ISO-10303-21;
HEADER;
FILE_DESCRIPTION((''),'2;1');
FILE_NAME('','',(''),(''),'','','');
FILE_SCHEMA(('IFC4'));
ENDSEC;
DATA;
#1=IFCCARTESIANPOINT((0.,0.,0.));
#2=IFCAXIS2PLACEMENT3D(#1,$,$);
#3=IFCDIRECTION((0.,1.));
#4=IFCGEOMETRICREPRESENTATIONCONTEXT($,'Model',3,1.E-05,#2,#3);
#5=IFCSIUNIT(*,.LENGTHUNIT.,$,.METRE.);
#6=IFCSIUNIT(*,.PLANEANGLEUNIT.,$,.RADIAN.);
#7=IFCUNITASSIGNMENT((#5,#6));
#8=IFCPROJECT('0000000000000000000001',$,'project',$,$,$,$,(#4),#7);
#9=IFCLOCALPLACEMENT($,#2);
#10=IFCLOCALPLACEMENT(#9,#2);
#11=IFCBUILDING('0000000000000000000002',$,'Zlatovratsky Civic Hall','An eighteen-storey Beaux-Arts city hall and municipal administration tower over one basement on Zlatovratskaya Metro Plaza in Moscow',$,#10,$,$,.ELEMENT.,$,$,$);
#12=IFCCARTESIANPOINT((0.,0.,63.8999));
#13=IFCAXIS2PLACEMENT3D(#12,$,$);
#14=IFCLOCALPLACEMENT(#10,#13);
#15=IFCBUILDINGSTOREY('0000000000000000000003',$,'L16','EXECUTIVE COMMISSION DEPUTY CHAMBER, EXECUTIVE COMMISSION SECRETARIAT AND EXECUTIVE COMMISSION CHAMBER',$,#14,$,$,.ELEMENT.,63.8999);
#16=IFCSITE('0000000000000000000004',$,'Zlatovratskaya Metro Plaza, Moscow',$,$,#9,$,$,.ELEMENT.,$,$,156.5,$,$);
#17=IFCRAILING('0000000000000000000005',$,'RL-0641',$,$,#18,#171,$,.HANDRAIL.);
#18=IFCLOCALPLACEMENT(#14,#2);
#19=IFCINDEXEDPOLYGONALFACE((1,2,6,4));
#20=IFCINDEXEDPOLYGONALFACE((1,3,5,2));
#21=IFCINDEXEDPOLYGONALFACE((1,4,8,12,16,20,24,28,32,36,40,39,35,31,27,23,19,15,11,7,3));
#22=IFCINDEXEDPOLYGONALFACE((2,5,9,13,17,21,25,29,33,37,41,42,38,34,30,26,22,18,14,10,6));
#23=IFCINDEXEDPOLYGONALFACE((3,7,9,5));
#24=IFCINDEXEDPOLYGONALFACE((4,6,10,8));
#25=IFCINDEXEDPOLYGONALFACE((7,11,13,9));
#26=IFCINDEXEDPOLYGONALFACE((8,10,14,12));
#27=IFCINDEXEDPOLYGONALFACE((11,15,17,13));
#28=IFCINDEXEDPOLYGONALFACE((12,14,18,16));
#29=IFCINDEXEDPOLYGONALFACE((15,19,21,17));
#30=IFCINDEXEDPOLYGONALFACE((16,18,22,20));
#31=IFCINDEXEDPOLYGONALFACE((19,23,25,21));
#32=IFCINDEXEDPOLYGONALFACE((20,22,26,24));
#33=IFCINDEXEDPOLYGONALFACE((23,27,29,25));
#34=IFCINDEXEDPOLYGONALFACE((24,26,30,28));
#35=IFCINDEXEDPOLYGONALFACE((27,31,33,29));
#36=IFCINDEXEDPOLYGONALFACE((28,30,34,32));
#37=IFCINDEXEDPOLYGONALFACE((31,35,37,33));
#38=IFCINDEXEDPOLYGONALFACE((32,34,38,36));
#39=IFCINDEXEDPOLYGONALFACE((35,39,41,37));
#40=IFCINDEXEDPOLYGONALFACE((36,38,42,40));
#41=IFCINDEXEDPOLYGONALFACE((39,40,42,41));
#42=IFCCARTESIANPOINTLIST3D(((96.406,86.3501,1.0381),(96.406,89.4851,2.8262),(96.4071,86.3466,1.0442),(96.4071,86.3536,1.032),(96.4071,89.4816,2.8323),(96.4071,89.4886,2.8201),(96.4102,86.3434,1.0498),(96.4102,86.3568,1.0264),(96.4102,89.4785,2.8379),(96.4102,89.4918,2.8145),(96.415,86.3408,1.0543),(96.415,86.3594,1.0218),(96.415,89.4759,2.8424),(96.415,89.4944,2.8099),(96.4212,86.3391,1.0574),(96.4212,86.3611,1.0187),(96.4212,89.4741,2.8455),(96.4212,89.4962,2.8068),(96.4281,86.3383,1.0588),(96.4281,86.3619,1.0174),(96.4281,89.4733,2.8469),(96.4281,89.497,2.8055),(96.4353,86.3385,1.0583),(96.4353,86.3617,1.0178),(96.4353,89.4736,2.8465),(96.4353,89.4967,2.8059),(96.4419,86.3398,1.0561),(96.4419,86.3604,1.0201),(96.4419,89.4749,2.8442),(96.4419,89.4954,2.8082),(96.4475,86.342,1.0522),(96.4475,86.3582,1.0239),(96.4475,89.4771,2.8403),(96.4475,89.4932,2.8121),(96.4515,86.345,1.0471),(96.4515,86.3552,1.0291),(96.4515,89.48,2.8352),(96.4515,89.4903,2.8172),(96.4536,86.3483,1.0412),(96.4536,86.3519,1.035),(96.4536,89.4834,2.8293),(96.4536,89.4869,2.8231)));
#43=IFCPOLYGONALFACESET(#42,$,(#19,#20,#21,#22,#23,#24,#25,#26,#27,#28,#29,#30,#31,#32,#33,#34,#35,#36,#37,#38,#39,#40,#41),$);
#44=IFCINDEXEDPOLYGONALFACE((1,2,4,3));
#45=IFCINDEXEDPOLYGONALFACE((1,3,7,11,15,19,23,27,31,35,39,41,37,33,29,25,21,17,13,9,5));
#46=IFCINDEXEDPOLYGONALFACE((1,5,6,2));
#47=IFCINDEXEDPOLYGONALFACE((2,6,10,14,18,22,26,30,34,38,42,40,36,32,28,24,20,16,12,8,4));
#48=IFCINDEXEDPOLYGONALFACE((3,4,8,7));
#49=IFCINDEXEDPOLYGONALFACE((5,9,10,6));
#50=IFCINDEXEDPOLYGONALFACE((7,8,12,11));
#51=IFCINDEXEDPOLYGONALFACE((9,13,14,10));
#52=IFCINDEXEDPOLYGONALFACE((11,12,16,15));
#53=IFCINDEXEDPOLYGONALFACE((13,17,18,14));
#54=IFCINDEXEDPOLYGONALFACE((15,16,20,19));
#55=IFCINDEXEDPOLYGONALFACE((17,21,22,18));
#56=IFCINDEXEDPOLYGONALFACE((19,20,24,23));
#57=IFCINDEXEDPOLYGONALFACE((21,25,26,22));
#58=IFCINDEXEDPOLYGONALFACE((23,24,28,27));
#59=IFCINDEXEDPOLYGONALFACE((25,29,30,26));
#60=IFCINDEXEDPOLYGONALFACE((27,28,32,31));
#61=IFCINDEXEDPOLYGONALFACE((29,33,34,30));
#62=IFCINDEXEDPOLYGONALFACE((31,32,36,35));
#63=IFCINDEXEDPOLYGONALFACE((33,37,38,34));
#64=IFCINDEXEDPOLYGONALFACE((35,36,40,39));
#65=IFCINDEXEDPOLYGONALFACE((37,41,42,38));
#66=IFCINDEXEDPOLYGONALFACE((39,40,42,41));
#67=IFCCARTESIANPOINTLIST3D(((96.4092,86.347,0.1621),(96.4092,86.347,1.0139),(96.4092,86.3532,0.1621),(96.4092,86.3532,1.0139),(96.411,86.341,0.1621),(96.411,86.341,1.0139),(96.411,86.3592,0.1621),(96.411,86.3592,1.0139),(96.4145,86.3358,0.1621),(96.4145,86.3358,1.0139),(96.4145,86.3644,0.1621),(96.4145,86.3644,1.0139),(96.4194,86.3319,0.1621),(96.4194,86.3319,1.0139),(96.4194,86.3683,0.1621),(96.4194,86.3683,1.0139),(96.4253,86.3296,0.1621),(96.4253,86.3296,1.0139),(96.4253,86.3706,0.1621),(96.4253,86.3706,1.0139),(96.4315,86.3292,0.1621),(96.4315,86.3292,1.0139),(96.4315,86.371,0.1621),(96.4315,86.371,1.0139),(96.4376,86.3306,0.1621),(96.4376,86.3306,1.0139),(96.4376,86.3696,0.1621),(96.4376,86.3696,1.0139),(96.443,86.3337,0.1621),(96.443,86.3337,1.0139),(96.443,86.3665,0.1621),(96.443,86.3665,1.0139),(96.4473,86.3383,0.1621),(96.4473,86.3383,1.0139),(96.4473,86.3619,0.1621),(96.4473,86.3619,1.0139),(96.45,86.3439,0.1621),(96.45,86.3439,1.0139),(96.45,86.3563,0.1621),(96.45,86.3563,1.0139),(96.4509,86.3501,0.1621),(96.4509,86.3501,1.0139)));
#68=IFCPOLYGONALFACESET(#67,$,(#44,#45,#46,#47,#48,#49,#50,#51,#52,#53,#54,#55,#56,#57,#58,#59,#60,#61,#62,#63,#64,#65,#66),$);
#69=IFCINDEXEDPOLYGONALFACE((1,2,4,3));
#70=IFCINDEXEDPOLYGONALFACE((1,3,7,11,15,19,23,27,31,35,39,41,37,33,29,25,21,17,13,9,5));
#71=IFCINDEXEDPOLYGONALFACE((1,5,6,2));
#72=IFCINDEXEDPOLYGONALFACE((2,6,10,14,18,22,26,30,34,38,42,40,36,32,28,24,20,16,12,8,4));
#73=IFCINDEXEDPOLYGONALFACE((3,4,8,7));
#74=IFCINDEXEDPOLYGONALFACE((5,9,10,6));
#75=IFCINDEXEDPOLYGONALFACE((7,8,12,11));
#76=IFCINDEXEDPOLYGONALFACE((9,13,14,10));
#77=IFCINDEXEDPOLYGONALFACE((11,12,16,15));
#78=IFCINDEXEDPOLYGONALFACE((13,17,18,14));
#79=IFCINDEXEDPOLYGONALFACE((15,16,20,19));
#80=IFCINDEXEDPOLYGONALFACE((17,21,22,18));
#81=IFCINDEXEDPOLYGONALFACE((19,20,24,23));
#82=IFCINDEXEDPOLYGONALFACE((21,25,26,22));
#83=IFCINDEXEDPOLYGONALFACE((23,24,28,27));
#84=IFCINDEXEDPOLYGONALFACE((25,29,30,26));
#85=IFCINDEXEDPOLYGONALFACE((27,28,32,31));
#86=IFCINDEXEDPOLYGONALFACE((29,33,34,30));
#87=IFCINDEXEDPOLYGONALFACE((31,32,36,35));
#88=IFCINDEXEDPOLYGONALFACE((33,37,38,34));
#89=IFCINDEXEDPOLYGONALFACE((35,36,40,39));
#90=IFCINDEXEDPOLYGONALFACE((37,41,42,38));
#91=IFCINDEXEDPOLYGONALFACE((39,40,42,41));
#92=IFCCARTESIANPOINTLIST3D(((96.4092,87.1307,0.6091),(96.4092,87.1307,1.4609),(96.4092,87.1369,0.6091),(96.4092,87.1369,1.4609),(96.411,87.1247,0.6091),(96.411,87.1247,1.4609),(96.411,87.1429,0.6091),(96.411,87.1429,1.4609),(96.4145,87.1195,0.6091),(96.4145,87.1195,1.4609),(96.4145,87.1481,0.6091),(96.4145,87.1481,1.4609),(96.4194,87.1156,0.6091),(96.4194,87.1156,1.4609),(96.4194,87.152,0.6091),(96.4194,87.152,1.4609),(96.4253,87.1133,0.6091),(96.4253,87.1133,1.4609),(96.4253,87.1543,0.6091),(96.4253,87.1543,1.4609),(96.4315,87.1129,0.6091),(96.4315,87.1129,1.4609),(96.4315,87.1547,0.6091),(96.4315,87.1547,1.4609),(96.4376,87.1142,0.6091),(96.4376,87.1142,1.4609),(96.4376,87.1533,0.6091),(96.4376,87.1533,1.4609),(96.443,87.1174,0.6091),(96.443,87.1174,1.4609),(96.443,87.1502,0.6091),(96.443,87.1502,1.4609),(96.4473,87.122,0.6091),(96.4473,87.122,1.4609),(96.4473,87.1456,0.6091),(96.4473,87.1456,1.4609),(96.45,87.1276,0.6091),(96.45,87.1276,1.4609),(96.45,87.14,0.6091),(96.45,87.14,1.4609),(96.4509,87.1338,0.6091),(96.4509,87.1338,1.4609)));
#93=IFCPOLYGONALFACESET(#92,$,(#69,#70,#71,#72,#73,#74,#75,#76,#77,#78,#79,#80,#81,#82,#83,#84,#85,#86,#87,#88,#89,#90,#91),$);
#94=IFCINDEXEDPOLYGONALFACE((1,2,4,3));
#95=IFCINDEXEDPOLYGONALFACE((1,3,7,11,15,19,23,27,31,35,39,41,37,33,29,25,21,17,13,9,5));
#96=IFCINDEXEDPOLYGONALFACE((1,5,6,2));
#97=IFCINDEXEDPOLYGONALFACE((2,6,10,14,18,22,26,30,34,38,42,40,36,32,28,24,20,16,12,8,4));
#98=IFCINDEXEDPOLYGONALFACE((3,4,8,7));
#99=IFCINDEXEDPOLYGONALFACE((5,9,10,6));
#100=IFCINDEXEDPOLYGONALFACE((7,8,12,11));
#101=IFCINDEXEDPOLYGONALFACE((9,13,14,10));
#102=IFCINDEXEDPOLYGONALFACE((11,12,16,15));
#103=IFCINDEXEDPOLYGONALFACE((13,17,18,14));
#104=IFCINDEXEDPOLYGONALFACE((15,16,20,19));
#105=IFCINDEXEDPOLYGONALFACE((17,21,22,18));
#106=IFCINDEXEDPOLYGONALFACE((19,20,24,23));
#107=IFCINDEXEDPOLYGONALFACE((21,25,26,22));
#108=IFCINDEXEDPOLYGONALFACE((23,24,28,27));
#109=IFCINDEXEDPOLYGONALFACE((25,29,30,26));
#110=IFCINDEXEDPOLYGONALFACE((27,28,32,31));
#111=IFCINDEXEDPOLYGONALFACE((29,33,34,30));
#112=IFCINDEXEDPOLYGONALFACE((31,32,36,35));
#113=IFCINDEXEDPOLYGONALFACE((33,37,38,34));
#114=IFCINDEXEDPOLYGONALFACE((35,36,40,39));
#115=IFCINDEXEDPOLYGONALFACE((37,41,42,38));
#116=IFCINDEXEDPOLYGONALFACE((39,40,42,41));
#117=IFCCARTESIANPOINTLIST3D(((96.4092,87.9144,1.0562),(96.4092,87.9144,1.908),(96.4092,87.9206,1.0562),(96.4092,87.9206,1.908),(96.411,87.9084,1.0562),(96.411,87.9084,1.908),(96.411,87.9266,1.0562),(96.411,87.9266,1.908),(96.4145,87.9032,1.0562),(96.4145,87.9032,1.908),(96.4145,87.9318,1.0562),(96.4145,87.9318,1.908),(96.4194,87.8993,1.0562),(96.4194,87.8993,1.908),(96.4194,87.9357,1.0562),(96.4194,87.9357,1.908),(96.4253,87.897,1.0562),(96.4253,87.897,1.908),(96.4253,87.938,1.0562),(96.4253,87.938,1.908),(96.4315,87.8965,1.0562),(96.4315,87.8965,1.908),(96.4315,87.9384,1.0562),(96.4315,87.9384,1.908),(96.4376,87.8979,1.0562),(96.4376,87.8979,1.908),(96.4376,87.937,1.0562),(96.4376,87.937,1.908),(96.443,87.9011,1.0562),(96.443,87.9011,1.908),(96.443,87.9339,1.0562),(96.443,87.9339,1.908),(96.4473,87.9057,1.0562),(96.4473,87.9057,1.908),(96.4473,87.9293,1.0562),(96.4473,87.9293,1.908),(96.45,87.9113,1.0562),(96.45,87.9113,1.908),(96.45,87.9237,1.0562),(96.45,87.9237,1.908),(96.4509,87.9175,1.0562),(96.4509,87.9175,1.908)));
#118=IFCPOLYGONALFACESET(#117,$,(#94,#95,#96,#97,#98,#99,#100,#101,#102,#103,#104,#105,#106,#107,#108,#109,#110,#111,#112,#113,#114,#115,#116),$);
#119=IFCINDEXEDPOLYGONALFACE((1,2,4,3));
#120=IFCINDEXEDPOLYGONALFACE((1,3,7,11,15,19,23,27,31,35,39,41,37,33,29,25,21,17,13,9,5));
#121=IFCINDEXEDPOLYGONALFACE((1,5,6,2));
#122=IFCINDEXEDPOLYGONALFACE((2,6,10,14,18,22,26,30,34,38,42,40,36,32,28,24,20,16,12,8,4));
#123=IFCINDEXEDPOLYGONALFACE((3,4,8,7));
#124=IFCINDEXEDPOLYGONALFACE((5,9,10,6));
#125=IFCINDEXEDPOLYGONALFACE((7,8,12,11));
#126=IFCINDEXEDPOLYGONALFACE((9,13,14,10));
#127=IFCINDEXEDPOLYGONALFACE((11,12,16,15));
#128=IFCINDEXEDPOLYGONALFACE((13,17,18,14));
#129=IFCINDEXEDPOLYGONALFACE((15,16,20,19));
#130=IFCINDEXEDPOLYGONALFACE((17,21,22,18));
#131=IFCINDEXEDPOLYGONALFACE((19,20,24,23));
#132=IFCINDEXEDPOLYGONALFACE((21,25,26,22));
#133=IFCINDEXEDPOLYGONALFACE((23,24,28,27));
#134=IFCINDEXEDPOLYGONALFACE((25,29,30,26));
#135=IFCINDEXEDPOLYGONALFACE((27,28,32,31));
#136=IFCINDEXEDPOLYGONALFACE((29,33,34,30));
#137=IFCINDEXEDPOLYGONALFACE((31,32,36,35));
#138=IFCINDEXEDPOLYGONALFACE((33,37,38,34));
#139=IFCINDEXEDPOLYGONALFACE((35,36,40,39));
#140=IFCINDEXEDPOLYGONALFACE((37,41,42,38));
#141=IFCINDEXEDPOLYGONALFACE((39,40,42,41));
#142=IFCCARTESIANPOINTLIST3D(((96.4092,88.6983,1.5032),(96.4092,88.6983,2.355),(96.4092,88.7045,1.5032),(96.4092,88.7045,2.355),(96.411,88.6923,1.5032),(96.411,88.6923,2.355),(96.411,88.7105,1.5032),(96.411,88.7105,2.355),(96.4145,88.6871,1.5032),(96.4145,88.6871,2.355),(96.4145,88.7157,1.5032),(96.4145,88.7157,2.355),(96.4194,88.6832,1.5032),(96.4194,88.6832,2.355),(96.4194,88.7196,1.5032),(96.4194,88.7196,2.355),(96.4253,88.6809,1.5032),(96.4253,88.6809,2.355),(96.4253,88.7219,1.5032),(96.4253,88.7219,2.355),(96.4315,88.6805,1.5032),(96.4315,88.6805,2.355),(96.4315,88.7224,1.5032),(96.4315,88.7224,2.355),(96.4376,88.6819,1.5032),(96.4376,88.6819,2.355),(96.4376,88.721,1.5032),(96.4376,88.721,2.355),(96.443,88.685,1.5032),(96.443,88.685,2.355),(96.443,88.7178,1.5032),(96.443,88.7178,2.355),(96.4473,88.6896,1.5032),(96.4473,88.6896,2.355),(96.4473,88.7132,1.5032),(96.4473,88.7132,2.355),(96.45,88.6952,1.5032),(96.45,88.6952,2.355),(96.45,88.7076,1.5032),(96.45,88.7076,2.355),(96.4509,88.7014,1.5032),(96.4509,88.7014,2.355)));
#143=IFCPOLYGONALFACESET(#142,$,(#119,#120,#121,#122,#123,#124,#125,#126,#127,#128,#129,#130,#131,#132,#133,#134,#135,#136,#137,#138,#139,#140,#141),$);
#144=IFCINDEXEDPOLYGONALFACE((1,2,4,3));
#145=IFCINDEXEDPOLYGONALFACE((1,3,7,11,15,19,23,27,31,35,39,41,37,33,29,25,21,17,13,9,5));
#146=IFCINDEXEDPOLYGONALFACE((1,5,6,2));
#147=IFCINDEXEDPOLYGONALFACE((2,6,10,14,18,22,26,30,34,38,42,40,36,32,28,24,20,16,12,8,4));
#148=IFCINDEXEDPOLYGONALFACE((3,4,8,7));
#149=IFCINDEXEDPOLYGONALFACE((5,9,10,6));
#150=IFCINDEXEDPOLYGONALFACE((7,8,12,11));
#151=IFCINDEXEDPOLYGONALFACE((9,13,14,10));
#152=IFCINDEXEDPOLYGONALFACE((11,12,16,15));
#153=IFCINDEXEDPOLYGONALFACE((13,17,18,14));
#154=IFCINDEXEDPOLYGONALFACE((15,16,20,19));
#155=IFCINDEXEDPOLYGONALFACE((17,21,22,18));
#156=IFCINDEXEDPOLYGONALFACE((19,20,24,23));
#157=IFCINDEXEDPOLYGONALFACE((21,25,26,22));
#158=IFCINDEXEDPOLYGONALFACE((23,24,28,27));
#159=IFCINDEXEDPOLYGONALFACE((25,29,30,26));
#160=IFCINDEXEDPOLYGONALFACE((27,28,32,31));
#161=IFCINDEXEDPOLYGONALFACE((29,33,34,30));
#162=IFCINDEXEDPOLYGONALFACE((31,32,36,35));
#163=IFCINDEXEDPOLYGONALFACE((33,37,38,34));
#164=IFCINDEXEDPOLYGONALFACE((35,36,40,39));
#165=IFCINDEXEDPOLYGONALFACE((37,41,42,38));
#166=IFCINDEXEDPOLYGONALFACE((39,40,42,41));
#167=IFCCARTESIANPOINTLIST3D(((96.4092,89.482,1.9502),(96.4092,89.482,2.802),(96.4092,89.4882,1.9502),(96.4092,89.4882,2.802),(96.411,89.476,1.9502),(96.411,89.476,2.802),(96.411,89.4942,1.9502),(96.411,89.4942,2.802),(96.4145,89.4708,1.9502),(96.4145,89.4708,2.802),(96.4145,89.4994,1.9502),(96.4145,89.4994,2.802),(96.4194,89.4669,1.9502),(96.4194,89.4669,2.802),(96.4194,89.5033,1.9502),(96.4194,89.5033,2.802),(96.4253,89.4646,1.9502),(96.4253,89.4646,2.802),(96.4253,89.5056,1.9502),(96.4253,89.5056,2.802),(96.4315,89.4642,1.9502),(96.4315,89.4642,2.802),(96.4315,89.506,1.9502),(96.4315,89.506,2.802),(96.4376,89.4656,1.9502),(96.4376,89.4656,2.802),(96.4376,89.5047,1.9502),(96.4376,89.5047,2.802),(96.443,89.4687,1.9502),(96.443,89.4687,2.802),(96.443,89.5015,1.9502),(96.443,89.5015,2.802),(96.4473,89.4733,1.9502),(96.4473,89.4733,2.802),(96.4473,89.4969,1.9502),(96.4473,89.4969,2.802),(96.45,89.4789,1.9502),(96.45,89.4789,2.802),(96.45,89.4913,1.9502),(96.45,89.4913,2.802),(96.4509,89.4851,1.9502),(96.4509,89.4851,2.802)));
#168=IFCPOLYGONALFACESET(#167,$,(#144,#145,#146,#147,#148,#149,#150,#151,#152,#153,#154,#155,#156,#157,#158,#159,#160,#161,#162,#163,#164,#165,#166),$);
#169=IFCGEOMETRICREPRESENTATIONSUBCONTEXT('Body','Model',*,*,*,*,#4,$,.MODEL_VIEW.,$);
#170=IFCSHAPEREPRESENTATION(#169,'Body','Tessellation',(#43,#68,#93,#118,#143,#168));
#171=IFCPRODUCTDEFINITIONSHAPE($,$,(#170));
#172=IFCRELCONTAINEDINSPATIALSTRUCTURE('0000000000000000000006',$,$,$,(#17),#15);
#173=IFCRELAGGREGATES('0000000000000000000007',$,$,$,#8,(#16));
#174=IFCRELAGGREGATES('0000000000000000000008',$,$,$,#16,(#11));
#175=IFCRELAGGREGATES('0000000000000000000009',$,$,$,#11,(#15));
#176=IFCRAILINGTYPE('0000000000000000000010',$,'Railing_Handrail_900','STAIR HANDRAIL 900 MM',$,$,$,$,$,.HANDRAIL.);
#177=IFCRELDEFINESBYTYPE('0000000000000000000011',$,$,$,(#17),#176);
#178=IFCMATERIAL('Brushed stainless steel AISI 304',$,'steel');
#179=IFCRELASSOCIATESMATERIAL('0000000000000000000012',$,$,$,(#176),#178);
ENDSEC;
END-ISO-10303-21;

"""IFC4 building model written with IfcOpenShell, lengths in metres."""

from ifc_helpers import new_model, si_unit, direction, frame, origin, origin_2d, place, context, subcontext, project, spatial, circle, extrude, material, type_object, element, save


model = new_model("IFC4")

# Units and contexts
model_context = context("Model", 3, precision=1e-05, world=origin(), true_north=direction((0.0, 1.0)))
body_context = subcontext(model_context, "Body", "Model", "MODEL_VIEW")
ifc_project = project(units=[si_unit("LENGTHUNIT", "METRE"), si_unit("PLANEANGLEUNIT", "RADIAN")], contexts=[model_context])

# Site, building, storey
site_placement = place(None, origin())
site = spatial("IfcSite", under=ifc_project, at=site_placement, Name="Zlatovratskaya Metro Plaza, Moscow", CompositionType="ELEMENT", RefElevation=156.5)
building_placement = place(site_placement, origin())
building = spatial("IfcBuilding", under=site, at=building_placement, Name="Zlatovratsky Civic Hall", Description="An eighteen-storey Beaux-Arts city hall and municipal administration tower over one basement on Zlatovratskaya Metro Plaza in Moscow", CompositionType="ELEMENT")
storey_placement = place(building_placement, frame((0.0, 0.0, 63.8999)))
storey = spatial("IfcBuildingStorey", under=building, at=storey_placement, Name="L16", Description="EXECUTIVE COMMISSION DEPUTY CHAMBER, EXECUTIVE COMMISSION SECRETARIAT AND EXECUTIVE COMMISSION CHAMBER", CompositionType="ELEMENT", Elevation=63.8999)

# Railing
ifc_material_1 = material(Name="Brushed stainless steel AISI 304", Category="steel")
railing_type_1 = type_object("IfcRailingType", Name="Railing_Handrail_900", Description="STAIR HANDRAIL 900 MM", PredefinedType="HANDRAIL", material=ifc_material_1)
railing_1_placement = place(storey_placement, frame((96.4299, 86.3501, 0.1621)))
element("IfcRailing", 1, at=railing_1_placement, inside=storey, type_object=railing_type_1, Name="RL-0641", PredefinedType="HANDRAIL", context=body_context, shape_type="SweptSolid", body=[
    extrude(circle(Radius=0.0239, at=origin_2d()), frame((0.0, 0.0, 0.876), z_axis=(0.0, 0.868642, 0.495439), x_axis=(-1.0, 0.0, 0.0)), (0.0, 0.0, 1.0), 3.6091),
    extrude(circle(Radius=0.021, at=origin_2d()), origin(), (0.0, 0.0, 1.0), 0.8518),
    extrude(circle(Radius=0.021, at=origin_2d()), frame((0.0, 0.7837, 0.447)), (0.0, 0.0, 1.0), 0.8518),
    extrude(circle(Radius=0.021, at=origin_2d()), frame((0.0, 1.5674, 0.894)), (0.0, 0.0, 1.0), 0.8518),
    extrude(circle(Radius=0.021, at=origin_2d()), frame((0.0, 2.3513, 1.3411)), (0.0, 0.0, 1.0), 0.8518),
    extrude(circle(Radius=0.021, at=origin_2d()), frame((0.0, 3.135, 1.7881)), (0.0, 0.0, 1.0), 0.8518),
])

save(model, "model.ifc")
